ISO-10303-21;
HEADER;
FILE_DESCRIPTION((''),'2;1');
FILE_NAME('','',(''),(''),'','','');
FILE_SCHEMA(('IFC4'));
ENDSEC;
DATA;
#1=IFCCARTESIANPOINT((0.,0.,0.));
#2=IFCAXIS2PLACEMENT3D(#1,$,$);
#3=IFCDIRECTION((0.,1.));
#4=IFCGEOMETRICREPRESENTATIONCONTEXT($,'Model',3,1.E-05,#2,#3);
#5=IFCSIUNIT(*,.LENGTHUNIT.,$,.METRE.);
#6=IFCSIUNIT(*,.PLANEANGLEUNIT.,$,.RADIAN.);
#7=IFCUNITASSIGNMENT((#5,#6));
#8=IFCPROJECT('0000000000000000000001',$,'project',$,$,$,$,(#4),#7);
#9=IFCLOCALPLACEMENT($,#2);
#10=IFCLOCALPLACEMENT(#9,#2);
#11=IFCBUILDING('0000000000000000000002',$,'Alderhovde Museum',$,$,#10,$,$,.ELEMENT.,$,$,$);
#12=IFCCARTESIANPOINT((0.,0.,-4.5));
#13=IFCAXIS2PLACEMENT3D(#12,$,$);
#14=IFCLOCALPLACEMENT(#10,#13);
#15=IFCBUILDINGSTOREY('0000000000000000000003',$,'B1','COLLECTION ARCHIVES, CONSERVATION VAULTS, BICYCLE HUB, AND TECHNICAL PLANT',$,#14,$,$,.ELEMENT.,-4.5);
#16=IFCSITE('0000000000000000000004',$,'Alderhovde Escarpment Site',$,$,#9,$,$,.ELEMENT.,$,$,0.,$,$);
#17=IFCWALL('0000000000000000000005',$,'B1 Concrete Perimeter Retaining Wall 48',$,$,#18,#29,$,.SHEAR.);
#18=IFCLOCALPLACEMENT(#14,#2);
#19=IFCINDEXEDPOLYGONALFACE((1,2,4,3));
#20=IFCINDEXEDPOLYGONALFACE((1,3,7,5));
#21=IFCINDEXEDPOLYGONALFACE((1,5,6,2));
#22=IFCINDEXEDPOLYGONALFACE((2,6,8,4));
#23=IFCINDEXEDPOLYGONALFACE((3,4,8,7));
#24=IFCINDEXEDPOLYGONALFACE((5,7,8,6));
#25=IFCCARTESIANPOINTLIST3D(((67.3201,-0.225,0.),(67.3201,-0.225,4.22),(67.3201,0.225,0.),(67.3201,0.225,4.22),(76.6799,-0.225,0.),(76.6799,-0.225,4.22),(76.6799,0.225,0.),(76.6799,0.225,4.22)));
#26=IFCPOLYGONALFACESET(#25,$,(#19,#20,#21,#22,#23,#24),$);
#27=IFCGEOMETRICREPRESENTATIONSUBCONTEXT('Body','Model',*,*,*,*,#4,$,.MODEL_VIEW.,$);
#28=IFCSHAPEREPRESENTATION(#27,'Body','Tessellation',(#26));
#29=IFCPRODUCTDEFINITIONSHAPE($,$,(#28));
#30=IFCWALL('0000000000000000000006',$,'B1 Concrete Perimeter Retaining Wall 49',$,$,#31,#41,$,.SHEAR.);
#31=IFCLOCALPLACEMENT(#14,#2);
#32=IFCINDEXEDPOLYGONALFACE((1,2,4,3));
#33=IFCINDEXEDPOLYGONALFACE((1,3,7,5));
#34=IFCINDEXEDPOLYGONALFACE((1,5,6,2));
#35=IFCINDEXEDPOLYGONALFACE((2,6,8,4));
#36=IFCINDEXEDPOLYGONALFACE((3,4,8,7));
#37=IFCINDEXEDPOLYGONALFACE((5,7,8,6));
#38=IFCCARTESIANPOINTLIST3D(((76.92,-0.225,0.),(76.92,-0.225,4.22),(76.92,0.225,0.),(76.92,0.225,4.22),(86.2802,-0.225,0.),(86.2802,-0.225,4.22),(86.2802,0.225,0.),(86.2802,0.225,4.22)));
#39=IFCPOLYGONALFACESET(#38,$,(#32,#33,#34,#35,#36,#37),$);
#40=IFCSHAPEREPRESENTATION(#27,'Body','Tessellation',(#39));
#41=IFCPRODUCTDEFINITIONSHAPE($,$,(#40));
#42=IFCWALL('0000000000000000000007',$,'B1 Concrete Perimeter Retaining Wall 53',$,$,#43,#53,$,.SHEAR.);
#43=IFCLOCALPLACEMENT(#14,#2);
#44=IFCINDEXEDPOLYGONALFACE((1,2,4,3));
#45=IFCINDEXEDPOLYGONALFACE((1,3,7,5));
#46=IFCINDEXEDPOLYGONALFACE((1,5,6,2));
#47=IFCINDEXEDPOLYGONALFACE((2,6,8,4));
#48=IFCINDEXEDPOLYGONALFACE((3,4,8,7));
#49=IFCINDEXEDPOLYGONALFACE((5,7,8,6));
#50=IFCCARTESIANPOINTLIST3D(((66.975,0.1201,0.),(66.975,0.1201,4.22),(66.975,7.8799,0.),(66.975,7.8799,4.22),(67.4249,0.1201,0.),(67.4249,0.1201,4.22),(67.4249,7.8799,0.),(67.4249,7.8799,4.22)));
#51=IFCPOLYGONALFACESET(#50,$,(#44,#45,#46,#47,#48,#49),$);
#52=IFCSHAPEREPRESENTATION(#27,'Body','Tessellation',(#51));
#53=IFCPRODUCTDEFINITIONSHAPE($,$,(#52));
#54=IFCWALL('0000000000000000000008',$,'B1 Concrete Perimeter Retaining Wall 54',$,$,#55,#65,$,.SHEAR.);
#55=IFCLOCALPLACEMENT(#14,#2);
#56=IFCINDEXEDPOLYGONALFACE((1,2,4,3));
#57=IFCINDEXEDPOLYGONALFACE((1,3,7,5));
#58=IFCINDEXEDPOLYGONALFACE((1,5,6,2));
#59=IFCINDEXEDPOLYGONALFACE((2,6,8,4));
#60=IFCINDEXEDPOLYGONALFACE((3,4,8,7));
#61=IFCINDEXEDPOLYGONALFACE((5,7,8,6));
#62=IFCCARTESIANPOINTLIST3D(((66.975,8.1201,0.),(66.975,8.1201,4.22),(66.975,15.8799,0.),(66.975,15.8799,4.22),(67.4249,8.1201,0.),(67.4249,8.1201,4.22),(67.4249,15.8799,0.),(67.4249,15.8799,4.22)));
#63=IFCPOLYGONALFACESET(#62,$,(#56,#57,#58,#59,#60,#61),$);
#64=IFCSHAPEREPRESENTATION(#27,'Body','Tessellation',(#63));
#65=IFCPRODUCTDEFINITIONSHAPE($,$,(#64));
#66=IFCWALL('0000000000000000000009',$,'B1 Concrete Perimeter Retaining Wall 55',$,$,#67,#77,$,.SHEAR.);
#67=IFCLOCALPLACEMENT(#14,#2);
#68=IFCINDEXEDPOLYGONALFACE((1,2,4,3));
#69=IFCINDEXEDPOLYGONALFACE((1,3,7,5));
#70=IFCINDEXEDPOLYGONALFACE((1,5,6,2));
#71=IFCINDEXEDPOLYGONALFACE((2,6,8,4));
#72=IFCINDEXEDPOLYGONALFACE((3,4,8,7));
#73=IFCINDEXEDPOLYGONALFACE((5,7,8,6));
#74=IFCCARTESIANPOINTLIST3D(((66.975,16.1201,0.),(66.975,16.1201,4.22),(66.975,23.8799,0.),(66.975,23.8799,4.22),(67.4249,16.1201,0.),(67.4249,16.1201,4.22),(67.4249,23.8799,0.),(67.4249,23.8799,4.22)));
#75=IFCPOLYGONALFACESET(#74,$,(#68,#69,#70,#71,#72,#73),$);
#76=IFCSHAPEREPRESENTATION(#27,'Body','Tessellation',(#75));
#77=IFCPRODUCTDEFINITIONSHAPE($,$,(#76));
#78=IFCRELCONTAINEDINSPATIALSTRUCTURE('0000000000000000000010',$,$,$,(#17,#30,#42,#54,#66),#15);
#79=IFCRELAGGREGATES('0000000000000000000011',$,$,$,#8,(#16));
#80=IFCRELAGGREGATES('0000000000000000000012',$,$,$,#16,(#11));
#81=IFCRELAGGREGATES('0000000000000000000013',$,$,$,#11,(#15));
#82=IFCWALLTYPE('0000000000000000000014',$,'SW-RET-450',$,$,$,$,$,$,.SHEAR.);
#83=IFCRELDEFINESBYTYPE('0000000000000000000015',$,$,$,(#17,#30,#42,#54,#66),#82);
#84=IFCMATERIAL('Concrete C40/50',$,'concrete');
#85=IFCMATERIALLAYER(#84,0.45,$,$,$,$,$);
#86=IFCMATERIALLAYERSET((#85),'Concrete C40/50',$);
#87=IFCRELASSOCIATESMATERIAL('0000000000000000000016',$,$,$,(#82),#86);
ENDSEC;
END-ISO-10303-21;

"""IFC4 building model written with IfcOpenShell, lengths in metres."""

from ifc_helpers import new_model, si_unit, direction, frame, frame_2d, origin, place, context, subcontext, project, spatial, rectangle, extrude, material, layer, layer_set, type_object, element, save


model = new_model("IFC4")

# Units and contexts
model_context = context("Model", 3, precision=1e-05, world=origin(), true_north=direction((0.0, 1.0)))
body_context = subcontext(model_context, "Body", "Model", "MODEL_VIEW")
ifc_project = project(units=[si_unit("LENGTHUNIT", "METRE"), si_unit("PLANEANGLEUNIT", "RADIAN")], contexts=[model_context])

# Site, building, storey
site_placement = place(None, origin())
site = spatial("IfcSite", under=ifc_project, at=site_placement, Name="Alderhovde Escarpment Site", CompositionType="ELEMENT", RefElevation=0.0)
building_placement = place(site_placement, origin())
building = spatial("IfcBuilding", under=site, at=building_placement, Name="Alderhovde Museum", CompositionType="ELEMENT")
storey_placement = place(building_placement, frame((0.0, 0.0, -4.5)))
storey = spatial("IfcBuildingStorey", under=building, at=storey_placement, Name="B1", Description="COLLECTION ARCHIVES, CONSERVATION VAULTS, BICYCLE HUB, AND TECHNICAL PLANT", CompositionType="ELEMENT", Elevation=-4.5)

# Walls
ifc_material_1 = material(Name="Concrete C40/50", Category="concrete")
ifc_layer = layer(ifc_material_1, 0.45)
ifc_layer_set = layer_set([ifc_layer], Name="Concrete C40/50")
wall_type = type_object("IfcWallType", Name="SW-RET-450", PredefinedType="SHEAR", material=ifc_layer_set)
wall_1_placement = place(storey_placement, frame((67.3201, 0.0, 0.0), z_axis=(0.0, 0.0, 1.0), x_axis=(1.0, 0.0, 0.0)))
element("IfcWall", 1, at=wall_1_placement, inside=storey, type_object=wall_type, Name="B1 Concrete Perimeter Retaining Wall 48", PredefinedType="SHEAR", context=body_context, shape_type="SweptSolid", body=[
    extrude(rectangle(XDim=9.3599, YDim=0.45, at=frame_2d((4.6799, 0.0))), origin(), (0.0, 0.0, 1.0), 4.22),
])
wall_2_placement = place(storey_placement, frame((76.9199, 0.0, 0.0), z_axis=(0.0, 0.0, 1.0), x_axis=(1.0, 0.0, 0.0)))
element("IfcWall", 2, at=wall_2_placement, inside=storey, type_object=wall_type, Name="B1 Concrete Perimeter Retaining Wall 49", PredefinedType="SHEAR", context=body_context, shape_type="SweptSolid", body=[
    extrude(rectangle(XDim=9.3601, YDim=0.45, at=frame_2d((4.6802, 0.0))), origin(), (0.0, 0.0, 1.0), 4.22),
])
for number, where, z_axis, x_axis, name in (
    (3, (67.2, 0.1201, 0.0), (0.0, 0.0, 1.0), (0.0, 1.0, 0.0), "B1 Concrete Perimeter Retaining Wall 53"),
    (4, (67.2, 8.1201, 0.0), (0.0, 0.0, 1.0), (0.0, 1.0, 0.0), "B1 Concrete Perimeter Retaining Wall 54"),
    (5, (67.2, 16.1201, 0.0), (0.0, 0.0, 1.0), (0.0, 1.0, 0.0), "B1 Concrete Perimeter Retaining Wall 55"),
):
    element("IfcWall", number, at=place(storey_placement, frame(where, z_axis=z_axis, x_axis=x_axis)), inside=storey, type_object=wall_type, Name=name, PredefinedType="SHEAR", context=body_context, shape_type="SweptSolid", body=[
        extrude(rectangle(XDim=7.7598, YDim=0.45, at=frame_2d((3.8799, 0.0))), origin(), (0.0, 0.0, 1.0), 4.22),
    ])

save(model, "model.ifc")
